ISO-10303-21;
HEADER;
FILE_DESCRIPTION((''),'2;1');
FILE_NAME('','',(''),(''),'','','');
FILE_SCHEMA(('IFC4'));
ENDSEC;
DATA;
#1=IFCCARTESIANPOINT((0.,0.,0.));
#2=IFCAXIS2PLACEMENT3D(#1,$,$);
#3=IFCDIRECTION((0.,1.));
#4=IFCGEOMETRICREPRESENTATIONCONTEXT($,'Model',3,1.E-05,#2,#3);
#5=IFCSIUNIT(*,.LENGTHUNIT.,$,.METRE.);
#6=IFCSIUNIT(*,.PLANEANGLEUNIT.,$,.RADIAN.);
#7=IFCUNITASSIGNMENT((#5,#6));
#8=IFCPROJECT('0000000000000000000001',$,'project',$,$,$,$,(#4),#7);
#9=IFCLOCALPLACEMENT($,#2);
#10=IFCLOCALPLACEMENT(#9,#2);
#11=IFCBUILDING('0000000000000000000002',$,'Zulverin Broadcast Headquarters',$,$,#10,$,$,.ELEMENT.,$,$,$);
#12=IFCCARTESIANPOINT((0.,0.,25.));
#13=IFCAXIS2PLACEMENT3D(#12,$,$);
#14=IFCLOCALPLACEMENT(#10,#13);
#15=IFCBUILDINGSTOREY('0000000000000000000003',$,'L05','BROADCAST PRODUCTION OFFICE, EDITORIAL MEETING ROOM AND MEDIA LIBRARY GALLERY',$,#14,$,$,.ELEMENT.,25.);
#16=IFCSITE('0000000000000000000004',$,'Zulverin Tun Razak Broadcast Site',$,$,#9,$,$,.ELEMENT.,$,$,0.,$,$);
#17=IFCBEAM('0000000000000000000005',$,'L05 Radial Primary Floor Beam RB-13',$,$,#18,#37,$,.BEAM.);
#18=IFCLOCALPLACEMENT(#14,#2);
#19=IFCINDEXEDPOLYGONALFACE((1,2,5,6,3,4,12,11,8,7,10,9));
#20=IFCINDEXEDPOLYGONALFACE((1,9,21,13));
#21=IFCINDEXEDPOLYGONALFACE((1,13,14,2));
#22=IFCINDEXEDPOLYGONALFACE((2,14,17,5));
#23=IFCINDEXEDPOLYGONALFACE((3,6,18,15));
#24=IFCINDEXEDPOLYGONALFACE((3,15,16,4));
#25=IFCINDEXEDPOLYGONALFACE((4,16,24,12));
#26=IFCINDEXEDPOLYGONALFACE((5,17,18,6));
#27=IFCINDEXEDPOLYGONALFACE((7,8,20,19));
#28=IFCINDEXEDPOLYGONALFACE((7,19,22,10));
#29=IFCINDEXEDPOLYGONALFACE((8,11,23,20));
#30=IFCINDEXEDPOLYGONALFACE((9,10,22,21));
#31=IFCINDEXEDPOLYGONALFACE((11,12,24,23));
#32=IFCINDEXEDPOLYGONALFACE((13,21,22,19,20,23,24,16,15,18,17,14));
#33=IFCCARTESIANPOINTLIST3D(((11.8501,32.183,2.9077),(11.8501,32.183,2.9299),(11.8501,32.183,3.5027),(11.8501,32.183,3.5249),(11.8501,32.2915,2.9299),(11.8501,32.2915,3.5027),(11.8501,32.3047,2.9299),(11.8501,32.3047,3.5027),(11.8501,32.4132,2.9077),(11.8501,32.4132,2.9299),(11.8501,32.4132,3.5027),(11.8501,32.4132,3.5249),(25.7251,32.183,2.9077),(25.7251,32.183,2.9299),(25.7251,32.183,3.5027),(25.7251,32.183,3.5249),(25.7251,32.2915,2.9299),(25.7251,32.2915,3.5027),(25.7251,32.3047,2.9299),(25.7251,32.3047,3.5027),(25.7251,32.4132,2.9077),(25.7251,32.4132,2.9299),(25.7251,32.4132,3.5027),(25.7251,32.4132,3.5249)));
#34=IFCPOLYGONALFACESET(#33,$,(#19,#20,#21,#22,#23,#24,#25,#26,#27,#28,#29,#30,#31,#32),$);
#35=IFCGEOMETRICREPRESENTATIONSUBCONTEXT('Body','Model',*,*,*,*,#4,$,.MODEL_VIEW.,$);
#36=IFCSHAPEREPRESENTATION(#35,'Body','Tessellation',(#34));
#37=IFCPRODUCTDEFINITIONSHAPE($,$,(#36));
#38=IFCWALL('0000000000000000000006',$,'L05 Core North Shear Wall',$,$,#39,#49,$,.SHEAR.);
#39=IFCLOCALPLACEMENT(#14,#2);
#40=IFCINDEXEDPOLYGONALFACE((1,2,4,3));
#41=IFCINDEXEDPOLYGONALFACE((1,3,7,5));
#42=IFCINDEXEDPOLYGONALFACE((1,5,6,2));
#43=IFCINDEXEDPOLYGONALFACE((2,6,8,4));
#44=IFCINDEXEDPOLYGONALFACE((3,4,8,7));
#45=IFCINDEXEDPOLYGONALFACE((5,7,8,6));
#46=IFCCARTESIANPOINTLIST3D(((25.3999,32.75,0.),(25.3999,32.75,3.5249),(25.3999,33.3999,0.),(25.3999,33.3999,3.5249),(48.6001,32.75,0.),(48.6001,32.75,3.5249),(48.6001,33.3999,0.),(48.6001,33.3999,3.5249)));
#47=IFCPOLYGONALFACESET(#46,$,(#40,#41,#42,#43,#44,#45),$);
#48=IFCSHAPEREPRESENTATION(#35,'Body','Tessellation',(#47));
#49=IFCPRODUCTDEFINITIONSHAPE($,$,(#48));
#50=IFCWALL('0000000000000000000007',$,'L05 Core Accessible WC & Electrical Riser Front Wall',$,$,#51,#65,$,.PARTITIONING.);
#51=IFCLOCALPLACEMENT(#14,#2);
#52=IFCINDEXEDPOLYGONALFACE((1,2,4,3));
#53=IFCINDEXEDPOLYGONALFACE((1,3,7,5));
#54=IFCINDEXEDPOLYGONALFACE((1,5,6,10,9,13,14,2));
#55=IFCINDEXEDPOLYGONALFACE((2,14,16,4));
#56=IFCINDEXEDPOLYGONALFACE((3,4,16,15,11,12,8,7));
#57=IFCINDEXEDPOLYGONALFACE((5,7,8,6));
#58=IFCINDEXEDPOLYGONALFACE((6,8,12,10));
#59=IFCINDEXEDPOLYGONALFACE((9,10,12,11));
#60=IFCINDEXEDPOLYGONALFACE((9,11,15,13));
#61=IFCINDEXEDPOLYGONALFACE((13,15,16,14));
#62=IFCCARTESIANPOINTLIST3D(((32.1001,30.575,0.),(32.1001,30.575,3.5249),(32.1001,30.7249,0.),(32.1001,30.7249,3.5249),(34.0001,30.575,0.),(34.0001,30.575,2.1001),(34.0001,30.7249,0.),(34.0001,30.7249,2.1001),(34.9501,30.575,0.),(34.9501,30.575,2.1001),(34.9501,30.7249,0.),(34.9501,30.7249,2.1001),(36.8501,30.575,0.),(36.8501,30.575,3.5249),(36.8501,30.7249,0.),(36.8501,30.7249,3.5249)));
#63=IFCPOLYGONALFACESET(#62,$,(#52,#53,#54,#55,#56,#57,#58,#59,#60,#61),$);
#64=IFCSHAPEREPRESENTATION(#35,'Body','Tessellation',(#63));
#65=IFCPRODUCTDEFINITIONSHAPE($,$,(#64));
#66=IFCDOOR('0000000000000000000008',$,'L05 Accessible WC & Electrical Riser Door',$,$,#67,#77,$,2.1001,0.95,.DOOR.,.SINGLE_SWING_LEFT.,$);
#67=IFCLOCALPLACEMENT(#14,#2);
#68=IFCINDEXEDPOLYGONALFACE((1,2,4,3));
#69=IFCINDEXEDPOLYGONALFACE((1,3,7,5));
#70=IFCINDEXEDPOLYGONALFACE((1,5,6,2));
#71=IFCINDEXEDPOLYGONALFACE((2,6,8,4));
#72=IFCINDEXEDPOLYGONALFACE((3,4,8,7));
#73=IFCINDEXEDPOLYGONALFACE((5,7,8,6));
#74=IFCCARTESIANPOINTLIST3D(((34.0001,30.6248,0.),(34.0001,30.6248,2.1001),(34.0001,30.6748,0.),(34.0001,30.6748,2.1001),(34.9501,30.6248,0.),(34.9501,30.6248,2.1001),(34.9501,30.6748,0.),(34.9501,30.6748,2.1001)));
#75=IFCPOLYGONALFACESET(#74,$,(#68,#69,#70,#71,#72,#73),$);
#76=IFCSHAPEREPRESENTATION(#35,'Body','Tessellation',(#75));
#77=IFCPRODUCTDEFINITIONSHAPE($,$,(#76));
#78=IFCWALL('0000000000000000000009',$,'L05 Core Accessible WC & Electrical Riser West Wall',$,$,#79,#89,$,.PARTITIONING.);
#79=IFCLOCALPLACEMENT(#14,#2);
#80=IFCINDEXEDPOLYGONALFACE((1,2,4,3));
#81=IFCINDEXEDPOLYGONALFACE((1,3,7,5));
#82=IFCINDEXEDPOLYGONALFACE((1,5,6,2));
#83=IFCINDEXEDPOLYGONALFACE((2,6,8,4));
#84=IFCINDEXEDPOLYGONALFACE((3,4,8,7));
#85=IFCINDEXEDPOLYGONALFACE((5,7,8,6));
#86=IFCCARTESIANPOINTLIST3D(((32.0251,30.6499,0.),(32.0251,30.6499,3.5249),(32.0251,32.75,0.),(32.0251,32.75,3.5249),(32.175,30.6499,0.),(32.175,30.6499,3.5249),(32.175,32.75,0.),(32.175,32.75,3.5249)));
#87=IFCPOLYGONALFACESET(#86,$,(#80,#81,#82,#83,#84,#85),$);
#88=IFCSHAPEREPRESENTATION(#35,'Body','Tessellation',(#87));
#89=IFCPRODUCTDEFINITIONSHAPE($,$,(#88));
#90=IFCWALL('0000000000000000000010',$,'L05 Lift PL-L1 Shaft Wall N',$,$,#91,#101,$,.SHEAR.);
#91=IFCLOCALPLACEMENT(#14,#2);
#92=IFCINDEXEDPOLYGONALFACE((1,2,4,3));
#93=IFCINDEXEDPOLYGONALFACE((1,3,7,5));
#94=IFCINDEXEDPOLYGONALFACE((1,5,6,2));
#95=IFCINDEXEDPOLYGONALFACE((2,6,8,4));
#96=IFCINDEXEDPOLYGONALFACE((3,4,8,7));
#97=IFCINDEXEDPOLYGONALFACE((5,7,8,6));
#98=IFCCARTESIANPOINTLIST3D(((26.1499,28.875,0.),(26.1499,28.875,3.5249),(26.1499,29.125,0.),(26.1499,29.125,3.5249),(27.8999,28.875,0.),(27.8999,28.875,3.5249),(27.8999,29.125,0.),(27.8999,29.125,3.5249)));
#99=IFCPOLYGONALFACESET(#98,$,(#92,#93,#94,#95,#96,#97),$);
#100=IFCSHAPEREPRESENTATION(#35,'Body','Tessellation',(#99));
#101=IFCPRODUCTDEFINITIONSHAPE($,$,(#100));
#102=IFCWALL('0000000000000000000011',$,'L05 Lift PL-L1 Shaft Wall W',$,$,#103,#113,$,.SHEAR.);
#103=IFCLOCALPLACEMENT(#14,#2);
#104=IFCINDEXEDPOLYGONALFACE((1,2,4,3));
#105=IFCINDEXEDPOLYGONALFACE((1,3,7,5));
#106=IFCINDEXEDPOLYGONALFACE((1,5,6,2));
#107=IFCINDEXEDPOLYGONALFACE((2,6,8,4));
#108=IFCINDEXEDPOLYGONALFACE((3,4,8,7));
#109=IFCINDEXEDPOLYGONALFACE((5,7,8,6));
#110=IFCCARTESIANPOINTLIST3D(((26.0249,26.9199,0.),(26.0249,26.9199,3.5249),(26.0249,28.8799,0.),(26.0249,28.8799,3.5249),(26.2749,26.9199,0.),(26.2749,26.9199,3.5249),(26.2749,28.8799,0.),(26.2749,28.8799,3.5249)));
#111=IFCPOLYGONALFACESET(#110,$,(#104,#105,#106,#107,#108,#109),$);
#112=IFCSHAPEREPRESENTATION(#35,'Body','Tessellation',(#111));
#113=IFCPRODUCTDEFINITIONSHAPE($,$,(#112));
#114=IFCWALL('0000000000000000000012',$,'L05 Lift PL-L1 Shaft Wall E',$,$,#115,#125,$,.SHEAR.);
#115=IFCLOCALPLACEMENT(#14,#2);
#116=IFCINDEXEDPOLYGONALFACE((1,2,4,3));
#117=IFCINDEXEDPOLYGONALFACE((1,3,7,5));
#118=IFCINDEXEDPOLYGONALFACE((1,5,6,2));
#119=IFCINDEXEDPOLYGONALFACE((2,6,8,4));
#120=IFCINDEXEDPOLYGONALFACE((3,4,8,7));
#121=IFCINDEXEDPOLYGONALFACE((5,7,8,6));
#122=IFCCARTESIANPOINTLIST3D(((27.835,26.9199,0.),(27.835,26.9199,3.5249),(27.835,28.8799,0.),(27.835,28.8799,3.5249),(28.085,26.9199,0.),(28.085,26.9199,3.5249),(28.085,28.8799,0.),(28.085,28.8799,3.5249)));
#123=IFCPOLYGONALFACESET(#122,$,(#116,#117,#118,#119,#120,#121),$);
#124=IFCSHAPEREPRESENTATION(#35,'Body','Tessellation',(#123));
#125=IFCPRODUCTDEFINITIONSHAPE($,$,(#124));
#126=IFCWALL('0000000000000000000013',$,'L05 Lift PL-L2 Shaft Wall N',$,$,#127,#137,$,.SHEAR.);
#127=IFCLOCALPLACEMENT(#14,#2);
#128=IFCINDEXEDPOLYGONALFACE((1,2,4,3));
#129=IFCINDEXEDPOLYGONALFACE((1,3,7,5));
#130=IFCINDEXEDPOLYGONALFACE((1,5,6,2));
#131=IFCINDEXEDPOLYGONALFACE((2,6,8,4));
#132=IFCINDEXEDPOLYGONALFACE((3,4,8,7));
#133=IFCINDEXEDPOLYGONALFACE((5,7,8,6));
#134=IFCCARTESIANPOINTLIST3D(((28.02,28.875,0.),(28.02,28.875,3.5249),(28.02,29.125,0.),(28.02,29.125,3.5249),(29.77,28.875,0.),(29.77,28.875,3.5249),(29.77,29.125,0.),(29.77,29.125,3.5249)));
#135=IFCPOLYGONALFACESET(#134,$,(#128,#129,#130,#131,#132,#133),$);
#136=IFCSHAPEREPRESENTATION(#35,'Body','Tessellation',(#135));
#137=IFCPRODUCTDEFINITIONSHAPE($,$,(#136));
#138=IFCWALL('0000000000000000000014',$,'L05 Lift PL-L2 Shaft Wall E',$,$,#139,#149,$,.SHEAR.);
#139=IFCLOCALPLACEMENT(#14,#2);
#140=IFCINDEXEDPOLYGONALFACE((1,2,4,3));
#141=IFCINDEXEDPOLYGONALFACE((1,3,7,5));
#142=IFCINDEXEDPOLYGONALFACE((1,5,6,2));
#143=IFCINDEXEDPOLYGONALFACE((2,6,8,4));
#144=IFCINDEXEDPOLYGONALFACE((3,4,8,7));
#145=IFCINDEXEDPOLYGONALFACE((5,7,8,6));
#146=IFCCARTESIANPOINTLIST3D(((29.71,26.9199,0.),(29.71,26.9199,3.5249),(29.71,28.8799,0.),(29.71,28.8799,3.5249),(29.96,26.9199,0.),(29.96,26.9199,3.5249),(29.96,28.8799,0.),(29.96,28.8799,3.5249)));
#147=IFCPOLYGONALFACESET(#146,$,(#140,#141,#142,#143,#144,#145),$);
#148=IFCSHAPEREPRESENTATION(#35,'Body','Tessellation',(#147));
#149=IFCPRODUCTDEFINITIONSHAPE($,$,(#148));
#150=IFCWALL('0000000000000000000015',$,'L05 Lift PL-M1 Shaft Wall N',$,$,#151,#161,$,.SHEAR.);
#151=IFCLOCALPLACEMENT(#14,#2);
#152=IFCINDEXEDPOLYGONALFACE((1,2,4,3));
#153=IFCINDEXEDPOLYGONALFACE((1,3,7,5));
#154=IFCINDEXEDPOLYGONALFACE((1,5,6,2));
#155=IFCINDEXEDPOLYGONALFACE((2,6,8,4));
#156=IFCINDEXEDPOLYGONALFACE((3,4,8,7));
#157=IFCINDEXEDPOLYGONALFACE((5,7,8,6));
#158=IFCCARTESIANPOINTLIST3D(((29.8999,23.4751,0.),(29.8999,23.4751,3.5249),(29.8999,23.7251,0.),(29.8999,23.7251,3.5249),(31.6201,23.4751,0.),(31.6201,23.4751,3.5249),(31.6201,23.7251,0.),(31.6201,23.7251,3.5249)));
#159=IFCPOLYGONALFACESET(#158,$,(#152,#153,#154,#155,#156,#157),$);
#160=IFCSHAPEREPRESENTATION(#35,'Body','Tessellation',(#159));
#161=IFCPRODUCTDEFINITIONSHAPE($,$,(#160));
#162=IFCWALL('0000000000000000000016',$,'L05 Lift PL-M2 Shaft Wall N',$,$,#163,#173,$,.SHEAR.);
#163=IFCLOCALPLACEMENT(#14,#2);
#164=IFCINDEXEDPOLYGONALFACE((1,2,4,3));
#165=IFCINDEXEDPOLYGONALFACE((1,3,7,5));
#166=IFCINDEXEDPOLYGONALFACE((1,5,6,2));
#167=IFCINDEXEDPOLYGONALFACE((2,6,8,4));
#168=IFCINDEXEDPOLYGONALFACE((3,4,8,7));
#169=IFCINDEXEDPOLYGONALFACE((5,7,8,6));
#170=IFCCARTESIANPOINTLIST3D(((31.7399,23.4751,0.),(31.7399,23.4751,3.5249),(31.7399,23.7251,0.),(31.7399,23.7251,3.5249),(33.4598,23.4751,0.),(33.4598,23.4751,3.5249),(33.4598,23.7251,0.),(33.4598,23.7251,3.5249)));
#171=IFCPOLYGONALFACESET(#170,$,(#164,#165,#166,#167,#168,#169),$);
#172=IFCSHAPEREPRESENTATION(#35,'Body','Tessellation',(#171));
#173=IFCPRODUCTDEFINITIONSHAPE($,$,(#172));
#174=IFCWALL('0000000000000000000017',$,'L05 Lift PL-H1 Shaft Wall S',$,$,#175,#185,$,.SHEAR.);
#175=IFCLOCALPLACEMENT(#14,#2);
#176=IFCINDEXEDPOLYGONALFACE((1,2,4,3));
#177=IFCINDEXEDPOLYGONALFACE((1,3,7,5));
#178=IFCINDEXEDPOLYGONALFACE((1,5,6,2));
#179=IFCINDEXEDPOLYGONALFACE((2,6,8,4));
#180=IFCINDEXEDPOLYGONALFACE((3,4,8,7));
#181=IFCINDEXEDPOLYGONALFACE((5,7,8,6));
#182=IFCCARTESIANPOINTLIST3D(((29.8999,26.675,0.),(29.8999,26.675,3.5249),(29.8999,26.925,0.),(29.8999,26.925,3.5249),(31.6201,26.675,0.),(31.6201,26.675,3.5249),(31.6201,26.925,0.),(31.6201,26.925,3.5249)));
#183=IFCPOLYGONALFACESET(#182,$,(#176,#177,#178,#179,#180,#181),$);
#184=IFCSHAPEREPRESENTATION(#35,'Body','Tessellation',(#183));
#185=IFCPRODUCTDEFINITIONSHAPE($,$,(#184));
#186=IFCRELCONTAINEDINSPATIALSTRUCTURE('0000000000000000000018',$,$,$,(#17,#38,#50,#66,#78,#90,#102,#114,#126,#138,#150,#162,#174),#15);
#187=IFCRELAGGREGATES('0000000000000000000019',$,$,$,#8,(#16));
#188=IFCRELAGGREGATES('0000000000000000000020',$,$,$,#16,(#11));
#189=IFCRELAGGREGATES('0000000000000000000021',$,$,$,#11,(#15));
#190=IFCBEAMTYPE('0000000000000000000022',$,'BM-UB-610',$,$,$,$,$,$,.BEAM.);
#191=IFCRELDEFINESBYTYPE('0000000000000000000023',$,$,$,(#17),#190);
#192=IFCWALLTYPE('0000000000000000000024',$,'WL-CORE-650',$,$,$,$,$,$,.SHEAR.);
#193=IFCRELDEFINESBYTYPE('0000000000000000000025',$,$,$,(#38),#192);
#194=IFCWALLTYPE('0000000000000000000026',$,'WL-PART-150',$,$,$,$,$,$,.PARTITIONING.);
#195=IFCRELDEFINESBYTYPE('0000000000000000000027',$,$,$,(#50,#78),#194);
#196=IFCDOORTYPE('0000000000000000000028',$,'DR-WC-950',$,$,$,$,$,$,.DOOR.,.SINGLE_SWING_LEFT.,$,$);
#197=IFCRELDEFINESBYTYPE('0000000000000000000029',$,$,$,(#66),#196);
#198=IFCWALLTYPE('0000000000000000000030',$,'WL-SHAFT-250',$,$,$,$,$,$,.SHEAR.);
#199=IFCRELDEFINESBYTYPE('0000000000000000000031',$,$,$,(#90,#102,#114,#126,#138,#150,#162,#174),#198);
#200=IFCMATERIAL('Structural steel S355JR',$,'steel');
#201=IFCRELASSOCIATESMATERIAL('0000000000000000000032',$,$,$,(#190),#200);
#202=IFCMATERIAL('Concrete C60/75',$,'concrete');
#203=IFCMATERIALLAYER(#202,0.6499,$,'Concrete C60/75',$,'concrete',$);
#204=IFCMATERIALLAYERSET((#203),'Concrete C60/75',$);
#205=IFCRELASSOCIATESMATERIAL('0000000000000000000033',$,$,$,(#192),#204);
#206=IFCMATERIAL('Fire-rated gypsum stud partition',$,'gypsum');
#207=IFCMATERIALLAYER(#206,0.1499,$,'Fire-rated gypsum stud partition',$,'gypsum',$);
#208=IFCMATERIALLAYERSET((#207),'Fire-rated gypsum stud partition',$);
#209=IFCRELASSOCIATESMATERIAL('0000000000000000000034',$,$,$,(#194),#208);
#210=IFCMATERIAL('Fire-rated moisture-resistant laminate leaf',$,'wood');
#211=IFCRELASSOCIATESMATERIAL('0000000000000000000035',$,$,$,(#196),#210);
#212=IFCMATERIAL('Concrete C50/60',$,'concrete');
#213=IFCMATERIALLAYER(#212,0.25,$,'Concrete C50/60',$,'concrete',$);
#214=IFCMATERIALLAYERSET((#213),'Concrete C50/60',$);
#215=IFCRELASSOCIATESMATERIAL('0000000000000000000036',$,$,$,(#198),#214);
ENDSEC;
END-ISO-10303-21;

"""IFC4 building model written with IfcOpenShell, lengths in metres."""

from ifc_helpers import new_model, si_unit, direction, frame, frame_2d, origin, origin_2d, place, context, subcontext, project, spatial, rectangle, i_section, extrude, material, layer, layer_set, material_profile, profile_set, type_object, element, fill, save


model = new_model("IFC4")

# Units and contexts
model_context = context("Model", 3, precision=1e-05, world=origin(), true_north=direction((0.0, 1.0)))
body_context = subcontext(model_context, "Body", "Model", "MODEL_VIEW")
ifc_project = project(units=[si_unit("LENGTHUNIT", "METRE"), si_unit("PLANEANGLEUNIT", "RADIAN")], contexts=[model_context])

# Site, building, storey
site_placement = place(None, origin())
site = spatial("IfcSite", under=ifc_project, at=site_placement, Name="Zulverin Tun Razak Broadcast Site", CompositionType="ELEMENT", RefElevation=0.0)
building_placement = place(site_placement, origin())
building = spatial("IfcBuilding", under=site, at=building_placement, Name="Zulverin Broadcast Headquarters", CompositionType="ELEMENT")
storey_placement = place(building_placement, frame((0.0, 0.0, 25.0)))
storey = spatial("IfcBuildingStorey", under=building, at=storey_placement, Name="L05", Description="BROADCAST PRODUCTION OFFICE, EDITORIAL MEETING ROOM AND MEDIA LIBRARY GALLERY", CompositionType="ELEMENT", Elevation=25.0)

# Beam
ifc_material_1 = material(Name="Structural steel S355JR", Category="steel")
ifc_material_profile = material_profile(ifc_material_1, i_section(OverallWidth=0.2302, OverallDepth=0.6172, WebThickness=0.0132, FlangeThickness=0.0222, at=origin_2d()), Name="Structural steel S355JR", Category="steel")
ifc_profile_set = profile_set([ifc_material_profile], Name="Structural steel S355JR")
beam_type = type_object("IfcBeamType", Name="BM-UB-610", PredefinedType="BEAM", material=ifc_profile_set)
beam_placement = place(storey_placement, frame((25.7251, 32.2981, 3.2163), z_axis=(-1.0, 0.0, 0.0), x_axis=(0.0, -1.0, 0.0)))
element("IfcBeam", 1, at=beam_placement, inside=storey, type_object=beam_type, Name="L05 Radial Primary Floor Beam RB-13", PredefinedType="BEAM", context=body_context, shape_type="SweptSolid", body=[
    extrude(i_section(OverallWidth=0.2302, OverallDepth=0.6172, WebThickness=0.0132, FlangeThickness=0.0222, at=origin_2d()), origin(), (0.0, 0.0, 1.0), 13.875),
])

# Wall
ifc_material_2 = material(Name="Concrete C60/75", Category="concrete")
ifc_layer_1 = layer(ifc_material_2, 0.6499, Name="Concrete C60/75", Category="concrete")
ifc_layer_set_1 = layer_set([ifc_layer_1], Name="Concrete C60/75")
wall_type_1 = type_object("IfcWallType", Name="WL-CORE-650", PredefinedType="SHEAR", material=ifc_layer_set_1)
wall_1_placement = place(storey_placement, frame((25.3999, 33.075, 0.0), z_axis=(0.0, 0.0, 1.0), x_axis=(1.0, 0.0, 0.0)))
element("IfcWall", 2, at=wall_1_placement, inside=storey, type_object=wall_type_1, Name="L05 Core North Shear Wall", PredefinedType="SHEAR", context=body_context, shape_type="SweptSolid", body=[
    extrude(rectangle(XDim=23.2002, YDim=0.6499, at=frame_2d((11.6001, 0.0))), origin(), (0.0, 0.0, 1.0), 3.5249),
])

# Wall, opening, door
ifc_material_3 = material(Name="Fire-rated gypsum stud partition", Category="gypsum")
ifc_layer_2 = layer(ifc_material_3, 0.1499, Name="Fire-rated gypsum stud partition", Category="gypsum")
ifc_layer_set_2 = layer_set([ifc_layer_2], Name="Fire-rated gypsum stud partition")
wall_type_2 = type_object("IfcWallType", Name="WL-PART-150", PredefinedType="PARTITIONING", material=ifc_layer_set_2)
wall_2_placement = place(storey_placement, frame((32.1001, 30.6499, 0.0), z_axis=(0.0, 0.0, 1.0), x_axis=(1.0, 0.0, 0.0)))
wall_2 = element("IfcWall", 3, at=wall_2_placement, inside=storey, type_object=wall_type_2, Name="L05 Core Accessible WC & Electrical Riser Front Wall", PredefinedType="PARTITIONING", context=body_context, shape_type="SweptSolid", body=[
    extrude(rectangle(XDim=4.75, YDim=0.1499, at=frame_2d((2.375, 0.0))), origin(), (0.0, 0.0, 1.0), 3.5249),
])
opening_1_placement = place(wall_2_placement, frame((1.8999, 0.0, 0.0)))
opening_1 = element("IfcOpeningElement", 4, at=opening_1_placement, cuts=wall_2, PredefinedType="OPENING", context=body_context, shape_type="SweptSolid", body=[
    extrude(rectangle(XDim=0.95, YDim=2.1001, at=frame_2d((0.4751, 1.05))), frame((0.0, 0.085, 0.0), z_axis=(0.0, -1.0, 0.0), x_axis=(1.0, 0.0, 0.0)), (0.0, 0.0, 1.0), 0.1699),
])
ifc_material_4 = material(Name="Fire-rated moisture-resistant laminate leaf", Category="wood")
door_type_1 = type_object("IfcDoorType", Name="DR-WC-950", OperationType="SINGLE_SWING_LEFT", PredefinedType="DOOR", material=ifc_material_4)
door_1_placement = place(opening_1_placement, origin())
door_1 = element("IfcDoor", 5, at=door_1_placement, inside=storey, type_object=door_type_1, Name="L05 Accessible WC & Electrical Riser Door", OperationType="SINGLE_SWING_LEFT", OverallHeight=2.1001, OverallWidth=0.95, PredefinedType="DOOR", context=body_context, shape_type="SweptSolid", body=[
    extrude(rectangle(XDim=0.95, YDim=2.1001, at=frame_2d((0.4751, 1.05))), frame((0.0, 0.0249, 0.0), z_axis=(0.0, -1.0, 0.0), x_axis=(1.0, 0.0, 0.0)), (0.0, 0.0, 1.0), 0.05),
])
fill(opening_1, door_1)

# Wall
wall_3_placement = place(storey_placement, frame((32.1001, 30.6499, 0.0), z_axis=(0.0, 0.0, 1.0), x_axis=(0.0, 1.0, 0.0)))
element("IfcWall", 6, at=wall_3_placement, inside=storey, type_object=wall_type_2, Name="L05 Core Accessible WC & Electrical Riser West Wall", PredefinedType="PARTITIONING", context=body_context, shape_type="SweptSolid", body=[
    extrude(rectangle(XDim=2.1001, YDim=0.1499, at=frame_2d((1.05, 0.0))), origin(), (0.0, 0.0, 1.0), 3.5249),
])

# Shared definitions
ifc_material_5 = material(Name="Concrete C50/60", Category="concrete")
ifc_layer_3 = layer(ifc_material_5, 0.25, Name="Concrete C50/60", Category="concrete")
ifc_layer_set_3 = layer_set([ifc_layer_3], Name="Concrete C50/60")
wall_type_3 = type_object("IfcWallType", Name="WL-SHAFT-250", PredefinedType="SHEAR", material=ifc_layer_set_3)

# Walls
wall_4_placement = place(storey_placement, frame((26.1499, 29.0, 0.0), z_axis=(0.0, 0.0, 1.0), x_axis=(1.0, 0.0, 0.0)))
element("IfcWall", 7, at=wall_4_placement, inside=storey, type_object=wall_type_3, Name="L05 Lift PL-L1 Shaft Wall N", PredefinedType="SHEAR", context=body_context, shape_type="SweptSolid", body=[
    extrude(rectangle(XDim=1.75, YDim=0.25, at=frame_2d((0.875, 0.0))), origin(), (0.0, 0.0, 1.0), 3.5249),
])
for number, where, z_axis, x_axis, name in (
    (8, (26.1499, 26.9199, 0.0), (0.0, 0.0, 1.0), (0.0, 1.0, 0.0), "L05 Lift PL-L1 Shaft Wall W"),
    (9, (27.96, 26.9199, 0.0), (0.0, 0.0, 1.0), (0.0, 1.0, 0.0), "L05 Lift PL-L1 Shaft Wall E"),
):
    element("IfcWall", number, at=place(storey_placement, frame(where, z_axis=z_axis, x_axis=x_axis)), inside=storey, type_object=wall_type_3, Name=name, PredefinedType="SHEAR", context=body_context, shape_type="SweptSolid", body=[
        extrude(rectangle(XDim=1.96, YDim=0.25, at=frame_2d((0.98, 0.0))), origin(), (0.0, 0.0, 1.0), 3.5249),
    ])

# Walls
wall_5_placement = place(storey_placement, frame((28.02, 29.0, 0.0), z_axis=(0.0, 0.0, 1.0), x_axis=(1.0, 0.0, 0.0)))
element("IfcWall", 10, at=wall_5_placement, inside=storey, type_object=wall_type_3, Name="L05 Lift PL-L2 Shaft Wall N", PredefinedType="SHEAR", context=body_context, shape_type="SweptSolid", body=[
    extrude(rectangle(XDim=1.75, YDim=0.25, at=frame_2d((0.875, 0.0))), origin(), (0.0, 0.0, 1.0), 3.5249),
])
wall_6_placement = place(storey_placement, frame((29.835, 26.9199, 0.0), z_axis=(0.0, 0.0, 1.0), x_axis=(0.0, 1.0, 0.0)))
element("IfcWall", 11, at=wall_6_placement, inside=storey, type_object=wall_type_3, Name="L05 Lift PL-L2 Shaft Wall E", PredefinedType="SHEAR", context=body_context, shape_type="SweptSolid", body=[
    extrude(rectangle(XDim=1.96, YDim=0.25, at=frame_2d((0.98, 0.0))), origin(), (0.0, 0.0, 1.0), 3.5249),
])

# Walls
wall_7_placement = place(storey_placement, frame((29.8999, 23.6001, 0.0), z_axis=(0.0, 0.0, 1.0), x_axis=(1.0, 0.0, 0.0)))
element("IfcWall", 12, at=wall_7_placement, inside=storey, type_object=wall_type_3, Name="L05 Lift PL-M1 Shaft Wall N", PredefinedType="SHEAR", context=body_context, shape_type="SweptSolid", body=[
    extrude(rectangle(XDim=1.7202, YDim=0.25, at=frame_2d((0.8601, 0.0))), origin(), (0.0, 0.0, 1.0), 3.5249),
])
wall_8_placement = place(storey_placement, frame((31.74, 23.6001, 0.0), z_axis=(0.0, 0.0, 1.0), x_axis=(1.0, 0.0, 0.0)))
element("IfcWall", 13, at=wall_8_placement, inside=storey, type_object=wall_type_3, Name="L05 Lift PL-M2 Shaft Wall N", PredefinedType="SHEAR", context=body_context, shape_type="SweptSolid", body=[
    extrude(rectangle(XDim=1.72, YDim=0.25, at=frame_2d((0.8599, 0.0))), origin(), (0.0, 0.0, 1.0), 3.5249),
])
for number, where, z_axis, x_axis, name in (
    (14, (29.8999, 26.8, 0.0), (0.0, 0.0, 1.0), (1.0, 0.0, 0.0), "L05 Lift PL-H1 Shaft Wall S"),
):
    element("IfcWall", number, at=place(storey_placement, frame(where, z_axis=z_axis, x_axis=x_axis)), inside=storey, type_object=wall_type_3, Name=name, PredefinedType="SHEAR", context=body_context, shape_type="SweptSolid", body=[
        extrude(rectangle(XDim=1.7202, YDim=0.25, at=frame_2d((0.8601, 0.0))), origin(), (0.0, 0.0, 1.0), 3.5249),
    ])

save(model, "model.ifc")
